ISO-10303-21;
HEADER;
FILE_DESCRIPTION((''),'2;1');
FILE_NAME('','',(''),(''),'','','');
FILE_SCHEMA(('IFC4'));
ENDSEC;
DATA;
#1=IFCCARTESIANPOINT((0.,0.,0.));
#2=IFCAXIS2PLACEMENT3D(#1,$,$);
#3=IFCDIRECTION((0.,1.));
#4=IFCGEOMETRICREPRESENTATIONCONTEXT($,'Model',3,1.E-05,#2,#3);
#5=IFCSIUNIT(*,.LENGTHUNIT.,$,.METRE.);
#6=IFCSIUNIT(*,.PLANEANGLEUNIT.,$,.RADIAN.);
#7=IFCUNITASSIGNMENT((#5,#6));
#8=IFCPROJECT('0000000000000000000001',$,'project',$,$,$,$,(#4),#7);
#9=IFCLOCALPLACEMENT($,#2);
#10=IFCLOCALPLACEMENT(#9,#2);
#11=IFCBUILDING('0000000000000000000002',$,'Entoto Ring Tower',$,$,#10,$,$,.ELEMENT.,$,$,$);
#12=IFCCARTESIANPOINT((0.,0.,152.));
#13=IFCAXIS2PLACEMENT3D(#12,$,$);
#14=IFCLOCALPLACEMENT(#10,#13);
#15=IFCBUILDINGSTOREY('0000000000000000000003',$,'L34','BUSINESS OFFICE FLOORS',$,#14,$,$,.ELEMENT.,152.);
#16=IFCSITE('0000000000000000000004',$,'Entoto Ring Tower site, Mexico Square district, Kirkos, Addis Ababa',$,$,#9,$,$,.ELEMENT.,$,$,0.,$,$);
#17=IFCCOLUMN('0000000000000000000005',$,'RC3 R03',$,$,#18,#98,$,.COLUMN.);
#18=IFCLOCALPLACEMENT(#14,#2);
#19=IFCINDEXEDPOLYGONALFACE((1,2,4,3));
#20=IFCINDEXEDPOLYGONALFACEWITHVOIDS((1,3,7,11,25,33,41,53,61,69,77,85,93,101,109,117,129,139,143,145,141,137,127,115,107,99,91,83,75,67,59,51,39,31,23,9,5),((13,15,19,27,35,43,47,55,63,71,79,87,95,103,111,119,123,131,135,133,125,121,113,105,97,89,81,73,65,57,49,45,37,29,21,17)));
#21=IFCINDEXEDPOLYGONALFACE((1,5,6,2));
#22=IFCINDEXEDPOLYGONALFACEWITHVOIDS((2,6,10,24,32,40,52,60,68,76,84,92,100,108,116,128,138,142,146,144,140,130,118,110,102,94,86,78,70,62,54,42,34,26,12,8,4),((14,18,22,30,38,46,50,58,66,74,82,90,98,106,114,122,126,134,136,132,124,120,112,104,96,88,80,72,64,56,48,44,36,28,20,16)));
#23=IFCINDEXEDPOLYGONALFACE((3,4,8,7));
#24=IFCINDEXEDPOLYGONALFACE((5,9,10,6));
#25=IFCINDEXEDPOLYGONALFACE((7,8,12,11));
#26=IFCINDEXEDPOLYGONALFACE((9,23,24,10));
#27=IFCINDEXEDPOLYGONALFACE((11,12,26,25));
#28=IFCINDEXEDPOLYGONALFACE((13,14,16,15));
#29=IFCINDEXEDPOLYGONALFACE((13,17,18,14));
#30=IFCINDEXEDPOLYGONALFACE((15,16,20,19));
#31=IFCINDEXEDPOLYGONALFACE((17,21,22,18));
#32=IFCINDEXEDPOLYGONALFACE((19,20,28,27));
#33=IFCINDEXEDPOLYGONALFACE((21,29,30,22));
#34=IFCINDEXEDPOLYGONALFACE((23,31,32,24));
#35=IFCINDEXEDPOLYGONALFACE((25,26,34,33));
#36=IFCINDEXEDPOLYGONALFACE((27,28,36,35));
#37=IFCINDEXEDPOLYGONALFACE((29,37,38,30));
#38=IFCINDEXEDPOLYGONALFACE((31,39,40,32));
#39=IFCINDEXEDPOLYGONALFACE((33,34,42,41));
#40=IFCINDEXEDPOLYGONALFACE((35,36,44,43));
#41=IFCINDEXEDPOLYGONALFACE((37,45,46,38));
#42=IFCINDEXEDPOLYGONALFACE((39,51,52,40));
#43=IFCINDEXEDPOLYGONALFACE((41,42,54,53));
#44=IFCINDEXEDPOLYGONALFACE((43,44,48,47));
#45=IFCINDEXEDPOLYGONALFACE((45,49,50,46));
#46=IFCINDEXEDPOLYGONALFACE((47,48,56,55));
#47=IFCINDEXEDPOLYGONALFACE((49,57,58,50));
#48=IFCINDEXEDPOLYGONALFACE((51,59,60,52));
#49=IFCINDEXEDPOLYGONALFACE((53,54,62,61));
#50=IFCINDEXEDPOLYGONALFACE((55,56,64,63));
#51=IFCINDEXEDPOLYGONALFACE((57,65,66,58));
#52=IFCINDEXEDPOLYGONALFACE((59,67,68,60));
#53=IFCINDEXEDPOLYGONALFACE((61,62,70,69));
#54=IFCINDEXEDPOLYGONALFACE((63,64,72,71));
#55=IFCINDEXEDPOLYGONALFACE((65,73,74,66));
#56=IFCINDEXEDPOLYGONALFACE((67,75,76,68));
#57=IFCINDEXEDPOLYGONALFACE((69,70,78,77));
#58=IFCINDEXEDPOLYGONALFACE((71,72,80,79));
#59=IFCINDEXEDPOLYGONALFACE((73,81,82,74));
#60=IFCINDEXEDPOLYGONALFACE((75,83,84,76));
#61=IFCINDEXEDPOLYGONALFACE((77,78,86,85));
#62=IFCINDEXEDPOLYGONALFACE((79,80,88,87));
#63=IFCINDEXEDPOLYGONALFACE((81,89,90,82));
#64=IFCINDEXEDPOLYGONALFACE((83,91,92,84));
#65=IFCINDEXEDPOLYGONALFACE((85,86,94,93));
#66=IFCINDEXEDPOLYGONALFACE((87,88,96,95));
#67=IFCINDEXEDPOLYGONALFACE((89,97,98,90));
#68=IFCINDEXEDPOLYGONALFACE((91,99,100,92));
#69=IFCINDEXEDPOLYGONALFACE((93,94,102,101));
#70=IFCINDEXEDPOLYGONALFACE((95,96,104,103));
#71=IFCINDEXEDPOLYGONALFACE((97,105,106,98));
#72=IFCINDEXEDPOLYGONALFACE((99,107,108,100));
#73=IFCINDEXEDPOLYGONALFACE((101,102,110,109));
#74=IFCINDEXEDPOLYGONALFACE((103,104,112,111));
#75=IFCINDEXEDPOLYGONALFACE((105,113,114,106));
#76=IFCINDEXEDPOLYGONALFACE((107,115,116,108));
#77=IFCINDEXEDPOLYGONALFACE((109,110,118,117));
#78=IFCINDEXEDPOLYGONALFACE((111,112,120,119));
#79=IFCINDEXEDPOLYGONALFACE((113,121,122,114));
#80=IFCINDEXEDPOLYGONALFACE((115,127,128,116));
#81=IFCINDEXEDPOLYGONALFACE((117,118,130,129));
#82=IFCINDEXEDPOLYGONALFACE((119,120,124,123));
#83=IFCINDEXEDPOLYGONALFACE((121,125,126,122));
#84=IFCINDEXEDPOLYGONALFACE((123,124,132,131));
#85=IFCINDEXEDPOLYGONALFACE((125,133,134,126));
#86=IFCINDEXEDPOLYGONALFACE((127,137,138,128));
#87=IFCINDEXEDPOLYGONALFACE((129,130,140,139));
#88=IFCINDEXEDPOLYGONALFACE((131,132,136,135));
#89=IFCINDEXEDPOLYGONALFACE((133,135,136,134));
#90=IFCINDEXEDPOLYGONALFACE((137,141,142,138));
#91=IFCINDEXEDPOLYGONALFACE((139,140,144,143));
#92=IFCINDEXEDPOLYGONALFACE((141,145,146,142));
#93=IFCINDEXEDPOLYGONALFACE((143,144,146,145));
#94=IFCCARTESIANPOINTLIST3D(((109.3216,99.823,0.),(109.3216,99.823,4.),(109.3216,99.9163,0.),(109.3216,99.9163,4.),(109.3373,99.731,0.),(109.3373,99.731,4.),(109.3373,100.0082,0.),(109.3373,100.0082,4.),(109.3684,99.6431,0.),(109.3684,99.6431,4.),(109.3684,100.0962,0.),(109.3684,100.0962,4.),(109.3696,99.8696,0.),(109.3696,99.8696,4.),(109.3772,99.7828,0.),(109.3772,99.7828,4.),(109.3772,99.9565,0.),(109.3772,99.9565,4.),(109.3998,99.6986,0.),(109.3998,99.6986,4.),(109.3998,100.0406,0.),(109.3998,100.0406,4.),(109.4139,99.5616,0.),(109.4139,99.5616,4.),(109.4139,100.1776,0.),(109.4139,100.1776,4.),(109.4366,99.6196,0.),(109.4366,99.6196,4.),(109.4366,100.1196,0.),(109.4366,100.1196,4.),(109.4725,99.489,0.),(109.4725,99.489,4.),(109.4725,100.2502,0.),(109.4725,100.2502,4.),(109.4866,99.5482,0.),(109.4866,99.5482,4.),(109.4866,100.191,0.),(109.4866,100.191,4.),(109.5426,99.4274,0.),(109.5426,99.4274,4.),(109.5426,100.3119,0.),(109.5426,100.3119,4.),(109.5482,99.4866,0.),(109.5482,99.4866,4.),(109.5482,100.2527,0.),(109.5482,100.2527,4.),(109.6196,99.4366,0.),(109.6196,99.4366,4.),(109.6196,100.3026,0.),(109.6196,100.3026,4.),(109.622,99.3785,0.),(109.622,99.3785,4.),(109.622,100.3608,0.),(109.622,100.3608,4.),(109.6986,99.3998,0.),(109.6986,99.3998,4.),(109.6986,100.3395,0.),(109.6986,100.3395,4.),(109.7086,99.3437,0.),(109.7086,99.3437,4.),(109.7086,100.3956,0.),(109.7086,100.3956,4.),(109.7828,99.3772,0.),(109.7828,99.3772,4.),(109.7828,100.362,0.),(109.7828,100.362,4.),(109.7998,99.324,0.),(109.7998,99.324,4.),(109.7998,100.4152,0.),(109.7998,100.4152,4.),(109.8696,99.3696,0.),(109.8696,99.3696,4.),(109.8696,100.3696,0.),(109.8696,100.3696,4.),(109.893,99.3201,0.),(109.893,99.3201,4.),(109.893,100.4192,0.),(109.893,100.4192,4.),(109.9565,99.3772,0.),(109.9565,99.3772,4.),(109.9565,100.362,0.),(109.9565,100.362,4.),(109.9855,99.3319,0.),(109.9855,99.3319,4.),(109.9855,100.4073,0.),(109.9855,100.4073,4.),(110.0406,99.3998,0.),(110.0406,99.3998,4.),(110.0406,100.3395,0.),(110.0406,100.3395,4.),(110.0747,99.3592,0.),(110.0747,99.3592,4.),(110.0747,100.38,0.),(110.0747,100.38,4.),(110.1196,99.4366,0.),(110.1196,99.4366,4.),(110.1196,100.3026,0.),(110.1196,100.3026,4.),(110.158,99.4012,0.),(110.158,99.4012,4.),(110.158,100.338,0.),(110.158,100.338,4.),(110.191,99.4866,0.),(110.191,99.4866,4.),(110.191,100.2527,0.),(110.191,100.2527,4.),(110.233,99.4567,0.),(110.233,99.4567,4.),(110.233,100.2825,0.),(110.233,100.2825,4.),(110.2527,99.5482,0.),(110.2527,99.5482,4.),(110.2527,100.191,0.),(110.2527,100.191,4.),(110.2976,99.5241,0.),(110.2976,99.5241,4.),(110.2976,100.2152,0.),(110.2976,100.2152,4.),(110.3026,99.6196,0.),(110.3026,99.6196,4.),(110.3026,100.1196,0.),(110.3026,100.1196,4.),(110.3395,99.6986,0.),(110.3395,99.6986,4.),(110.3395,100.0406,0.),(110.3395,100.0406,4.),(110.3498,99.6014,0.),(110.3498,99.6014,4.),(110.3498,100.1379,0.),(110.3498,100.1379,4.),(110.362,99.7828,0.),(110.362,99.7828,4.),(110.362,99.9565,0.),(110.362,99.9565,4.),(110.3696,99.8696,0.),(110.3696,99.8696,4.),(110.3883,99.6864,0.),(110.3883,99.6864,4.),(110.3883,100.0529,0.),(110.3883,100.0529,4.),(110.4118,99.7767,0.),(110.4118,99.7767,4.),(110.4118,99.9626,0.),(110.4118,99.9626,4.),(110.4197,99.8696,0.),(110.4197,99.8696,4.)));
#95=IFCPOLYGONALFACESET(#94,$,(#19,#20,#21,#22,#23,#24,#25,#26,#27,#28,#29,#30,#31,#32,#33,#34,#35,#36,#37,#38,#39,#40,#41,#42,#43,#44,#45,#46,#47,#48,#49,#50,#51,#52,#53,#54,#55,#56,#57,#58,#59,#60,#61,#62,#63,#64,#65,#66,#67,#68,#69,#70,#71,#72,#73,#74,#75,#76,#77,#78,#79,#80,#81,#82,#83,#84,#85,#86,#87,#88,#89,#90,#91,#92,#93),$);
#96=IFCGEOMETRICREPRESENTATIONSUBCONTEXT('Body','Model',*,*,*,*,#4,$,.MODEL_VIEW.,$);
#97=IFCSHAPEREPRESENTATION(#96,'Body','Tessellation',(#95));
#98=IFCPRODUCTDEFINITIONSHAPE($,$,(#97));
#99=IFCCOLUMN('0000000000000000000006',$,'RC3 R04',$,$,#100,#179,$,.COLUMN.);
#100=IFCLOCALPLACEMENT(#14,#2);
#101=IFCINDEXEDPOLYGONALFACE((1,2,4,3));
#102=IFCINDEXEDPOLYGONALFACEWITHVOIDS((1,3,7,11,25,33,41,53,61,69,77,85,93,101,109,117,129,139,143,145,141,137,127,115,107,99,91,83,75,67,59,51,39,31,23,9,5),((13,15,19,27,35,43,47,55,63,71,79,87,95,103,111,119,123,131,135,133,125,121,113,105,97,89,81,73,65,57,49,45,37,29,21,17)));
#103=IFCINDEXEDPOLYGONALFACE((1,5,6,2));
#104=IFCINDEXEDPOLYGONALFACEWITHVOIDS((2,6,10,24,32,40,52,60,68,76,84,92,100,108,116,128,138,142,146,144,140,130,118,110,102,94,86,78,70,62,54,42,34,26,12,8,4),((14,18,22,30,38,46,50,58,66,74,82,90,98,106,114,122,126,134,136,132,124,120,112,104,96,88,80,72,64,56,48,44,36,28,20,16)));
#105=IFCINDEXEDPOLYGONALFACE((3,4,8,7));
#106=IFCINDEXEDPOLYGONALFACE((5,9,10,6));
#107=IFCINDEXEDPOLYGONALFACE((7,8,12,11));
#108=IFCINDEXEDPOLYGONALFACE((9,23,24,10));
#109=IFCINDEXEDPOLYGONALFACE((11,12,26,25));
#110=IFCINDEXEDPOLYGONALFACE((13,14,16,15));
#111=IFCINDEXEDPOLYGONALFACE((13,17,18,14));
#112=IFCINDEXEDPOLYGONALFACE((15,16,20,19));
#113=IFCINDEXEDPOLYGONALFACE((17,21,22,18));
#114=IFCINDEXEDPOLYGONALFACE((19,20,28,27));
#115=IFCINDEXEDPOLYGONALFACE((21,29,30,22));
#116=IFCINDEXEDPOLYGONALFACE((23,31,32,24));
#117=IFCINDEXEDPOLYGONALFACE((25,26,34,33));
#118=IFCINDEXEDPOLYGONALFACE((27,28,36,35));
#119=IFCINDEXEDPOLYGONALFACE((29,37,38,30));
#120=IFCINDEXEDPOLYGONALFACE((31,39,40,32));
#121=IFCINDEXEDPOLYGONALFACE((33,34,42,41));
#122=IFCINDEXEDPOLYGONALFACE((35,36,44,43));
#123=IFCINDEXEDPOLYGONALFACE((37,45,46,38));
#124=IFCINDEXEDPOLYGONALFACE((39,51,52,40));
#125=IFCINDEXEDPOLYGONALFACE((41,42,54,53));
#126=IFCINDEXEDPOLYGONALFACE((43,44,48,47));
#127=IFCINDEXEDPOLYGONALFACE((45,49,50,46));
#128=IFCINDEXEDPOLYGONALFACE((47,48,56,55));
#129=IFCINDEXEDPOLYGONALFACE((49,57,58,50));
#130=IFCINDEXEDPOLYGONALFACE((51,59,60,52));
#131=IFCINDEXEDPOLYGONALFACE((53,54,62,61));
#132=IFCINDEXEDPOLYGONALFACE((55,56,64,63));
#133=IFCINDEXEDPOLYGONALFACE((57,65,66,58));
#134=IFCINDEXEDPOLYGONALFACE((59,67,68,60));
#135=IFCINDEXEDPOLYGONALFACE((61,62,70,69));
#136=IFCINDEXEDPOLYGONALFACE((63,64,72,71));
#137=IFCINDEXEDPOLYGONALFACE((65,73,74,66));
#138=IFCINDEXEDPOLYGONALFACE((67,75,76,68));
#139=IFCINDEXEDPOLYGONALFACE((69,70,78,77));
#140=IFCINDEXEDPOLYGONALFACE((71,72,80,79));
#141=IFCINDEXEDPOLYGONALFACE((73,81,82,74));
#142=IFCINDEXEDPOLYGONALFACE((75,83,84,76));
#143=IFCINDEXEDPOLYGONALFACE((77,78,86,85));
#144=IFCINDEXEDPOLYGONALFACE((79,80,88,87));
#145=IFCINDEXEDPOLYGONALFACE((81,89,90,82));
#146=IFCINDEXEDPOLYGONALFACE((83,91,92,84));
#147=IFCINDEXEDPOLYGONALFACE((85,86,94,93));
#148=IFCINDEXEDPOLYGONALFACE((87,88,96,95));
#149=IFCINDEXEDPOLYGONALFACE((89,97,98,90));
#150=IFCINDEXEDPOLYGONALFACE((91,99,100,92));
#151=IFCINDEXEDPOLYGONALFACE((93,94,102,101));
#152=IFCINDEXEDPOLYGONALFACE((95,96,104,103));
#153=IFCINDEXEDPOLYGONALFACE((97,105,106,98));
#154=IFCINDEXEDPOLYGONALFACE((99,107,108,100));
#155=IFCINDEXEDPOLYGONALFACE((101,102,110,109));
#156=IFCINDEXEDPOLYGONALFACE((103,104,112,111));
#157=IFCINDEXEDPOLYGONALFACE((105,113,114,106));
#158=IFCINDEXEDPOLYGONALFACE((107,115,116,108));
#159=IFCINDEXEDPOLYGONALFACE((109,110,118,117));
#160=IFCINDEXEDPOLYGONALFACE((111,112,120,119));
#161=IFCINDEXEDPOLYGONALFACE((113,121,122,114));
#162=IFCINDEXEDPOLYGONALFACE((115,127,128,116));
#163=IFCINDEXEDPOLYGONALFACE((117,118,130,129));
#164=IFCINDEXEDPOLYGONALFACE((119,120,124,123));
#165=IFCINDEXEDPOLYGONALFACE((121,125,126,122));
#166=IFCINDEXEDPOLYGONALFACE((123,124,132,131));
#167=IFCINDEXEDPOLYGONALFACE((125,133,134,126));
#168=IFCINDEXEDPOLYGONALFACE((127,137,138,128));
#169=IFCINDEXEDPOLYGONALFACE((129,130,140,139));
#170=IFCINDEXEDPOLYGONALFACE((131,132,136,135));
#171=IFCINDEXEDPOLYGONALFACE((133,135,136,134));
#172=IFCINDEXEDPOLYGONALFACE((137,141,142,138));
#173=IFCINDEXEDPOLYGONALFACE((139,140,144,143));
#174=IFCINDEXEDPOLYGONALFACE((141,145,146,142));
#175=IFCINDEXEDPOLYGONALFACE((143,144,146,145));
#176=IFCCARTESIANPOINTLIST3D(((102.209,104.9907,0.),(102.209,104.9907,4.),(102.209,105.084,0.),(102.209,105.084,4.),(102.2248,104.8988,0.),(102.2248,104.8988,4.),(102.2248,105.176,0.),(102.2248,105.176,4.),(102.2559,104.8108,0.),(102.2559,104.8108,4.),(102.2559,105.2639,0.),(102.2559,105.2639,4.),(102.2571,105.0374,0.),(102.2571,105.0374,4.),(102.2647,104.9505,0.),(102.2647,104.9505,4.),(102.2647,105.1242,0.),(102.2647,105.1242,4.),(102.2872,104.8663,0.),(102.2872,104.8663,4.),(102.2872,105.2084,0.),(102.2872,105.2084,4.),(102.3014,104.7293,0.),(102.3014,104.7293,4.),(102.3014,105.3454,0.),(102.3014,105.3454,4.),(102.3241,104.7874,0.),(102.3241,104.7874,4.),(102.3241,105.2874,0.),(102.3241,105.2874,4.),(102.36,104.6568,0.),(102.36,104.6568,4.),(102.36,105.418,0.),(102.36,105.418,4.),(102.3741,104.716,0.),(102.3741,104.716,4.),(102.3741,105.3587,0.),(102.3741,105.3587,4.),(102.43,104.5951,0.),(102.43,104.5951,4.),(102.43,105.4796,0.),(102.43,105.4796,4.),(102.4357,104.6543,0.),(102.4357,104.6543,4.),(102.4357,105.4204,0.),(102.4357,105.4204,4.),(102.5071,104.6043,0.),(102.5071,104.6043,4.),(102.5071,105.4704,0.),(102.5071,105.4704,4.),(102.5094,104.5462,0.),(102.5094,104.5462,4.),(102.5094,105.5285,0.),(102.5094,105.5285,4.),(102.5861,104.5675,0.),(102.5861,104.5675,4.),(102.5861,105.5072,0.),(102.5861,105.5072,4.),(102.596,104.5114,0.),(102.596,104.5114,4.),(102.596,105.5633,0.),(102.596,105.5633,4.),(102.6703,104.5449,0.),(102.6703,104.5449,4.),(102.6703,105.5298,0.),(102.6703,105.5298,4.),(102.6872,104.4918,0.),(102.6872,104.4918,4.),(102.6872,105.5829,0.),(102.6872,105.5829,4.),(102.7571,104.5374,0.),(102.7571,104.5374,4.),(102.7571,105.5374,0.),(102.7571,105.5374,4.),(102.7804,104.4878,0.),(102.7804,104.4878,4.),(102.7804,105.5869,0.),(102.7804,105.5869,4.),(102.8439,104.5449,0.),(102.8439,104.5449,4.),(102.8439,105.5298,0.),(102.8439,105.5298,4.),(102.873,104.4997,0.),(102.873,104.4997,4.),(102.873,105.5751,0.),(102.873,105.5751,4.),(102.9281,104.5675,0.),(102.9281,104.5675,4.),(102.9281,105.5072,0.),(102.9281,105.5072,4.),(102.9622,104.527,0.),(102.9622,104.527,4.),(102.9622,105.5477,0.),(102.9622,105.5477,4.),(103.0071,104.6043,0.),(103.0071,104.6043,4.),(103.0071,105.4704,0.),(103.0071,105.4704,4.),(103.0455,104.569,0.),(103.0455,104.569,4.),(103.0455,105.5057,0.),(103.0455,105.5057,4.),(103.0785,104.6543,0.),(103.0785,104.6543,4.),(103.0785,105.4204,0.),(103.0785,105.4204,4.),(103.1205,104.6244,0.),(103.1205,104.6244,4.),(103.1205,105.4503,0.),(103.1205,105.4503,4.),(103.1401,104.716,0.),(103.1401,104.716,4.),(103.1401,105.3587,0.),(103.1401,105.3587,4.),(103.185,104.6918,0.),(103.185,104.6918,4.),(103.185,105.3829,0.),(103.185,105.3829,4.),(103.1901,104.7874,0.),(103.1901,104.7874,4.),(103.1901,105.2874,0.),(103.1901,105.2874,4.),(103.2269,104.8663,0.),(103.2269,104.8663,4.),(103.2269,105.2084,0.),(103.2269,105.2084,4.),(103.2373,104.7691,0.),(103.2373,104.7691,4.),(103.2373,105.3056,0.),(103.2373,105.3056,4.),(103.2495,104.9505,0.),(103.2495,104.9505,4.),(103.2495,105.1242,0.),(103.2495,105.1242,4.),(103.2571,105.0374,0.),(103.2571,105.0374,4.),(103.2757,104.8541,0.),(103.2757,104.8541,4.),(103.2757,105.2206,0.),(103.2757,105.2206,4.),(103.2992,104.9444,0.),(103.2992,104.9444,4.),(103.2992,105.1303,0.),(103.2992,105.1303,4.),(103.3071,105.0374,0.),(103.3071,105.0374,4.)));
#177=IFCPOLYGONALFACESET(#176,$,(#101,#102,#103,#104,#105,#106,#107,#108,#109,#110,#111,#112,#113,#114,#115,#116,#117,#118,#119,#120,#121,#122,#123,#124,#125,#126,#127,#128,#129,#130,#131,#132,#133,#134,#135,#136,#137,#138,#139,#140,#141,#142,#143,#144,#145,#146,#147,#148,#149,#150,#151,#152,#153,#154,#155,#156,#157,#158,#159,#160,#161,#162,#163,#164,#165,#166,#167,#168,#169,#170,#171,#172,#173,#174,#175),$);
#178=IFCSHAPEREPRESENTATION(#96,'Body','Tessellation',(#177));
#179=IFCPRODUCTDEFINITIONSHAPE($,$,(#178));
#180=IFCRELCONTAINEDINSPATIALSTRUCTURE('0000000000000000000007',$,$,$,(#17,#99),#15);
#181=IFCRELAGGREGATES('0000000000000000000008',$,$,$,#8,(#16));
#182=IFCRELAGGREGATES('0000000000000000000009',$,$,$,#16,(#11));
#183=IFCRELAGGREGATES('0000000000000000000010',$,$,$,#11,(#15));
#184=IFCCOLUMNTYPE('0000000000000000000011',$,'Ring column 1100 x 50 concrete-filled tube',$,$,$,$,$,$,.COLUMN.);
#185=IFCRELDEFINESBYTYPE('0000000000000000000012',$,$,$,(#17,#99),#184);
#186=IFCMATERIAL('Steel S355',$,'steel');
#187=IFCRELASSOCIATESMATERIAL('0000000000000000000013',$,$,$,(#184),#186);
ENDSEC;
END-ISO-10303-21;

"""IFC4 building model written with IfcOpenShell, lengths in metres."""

from ifc_helpers import new_model, si_unit, direction, frame, origin, origin_2d, place, context, subcontext, project, spatial, circle, hollow_circle, extrude, material, material_profile, profile_set, type_object, element, save


model = new_model("IFC4")

# Units and contexts
model_context = context("Model", 3, precision=1e-05, world=origin(), true_north=direction((0.0, 1.0)))
body_context = subcontext(model_context, "Body", "Model", "MODEL_VIEW")
ifc_project = project(units=[si_unit("LENGTHUNIT", "METRE"), si_unit("PLANEANGLEUNIT", "RADIAN")], contexts=[model_context])

# Site, building, storey
site_placement = place(None, origin())
site = spatial("IfcSite", under=ifc_project, at=site_placement, Name="Entoto Ring Tower site, Mexico Square district, Kirkos, Addis Ababa", CompositionType="ELEMENT", RefElevation=0.0)
building_placement = place(site_placement, origin())
building = spatial("IfcBuilding", under=site, at=building_placement, Name="Entoto Ring Tower", CompositionType="ELEMENT")
storey_placement = place(building_placement, frame((0.0, 0.0, 152.0)))
storey = spatial("IfcBuildingStorey", under=building, at=storey_placement, Name="L34", Description="BUSINESS OFFICE FLOORS", CompositionType="ELEMENT", Elevation=152.0)

# Columns
ifc_material_1 = material(Name="Steel S355", Category="steel")
ifc_material_profile_1 = material_profile(ifc_material_1, hollow_circle(Radius=0.55, WallThickness=0.05, at=origin_2d()), Name="CHS 1100 x 50")
ifc_material_2 = material(Name="Concrete C60/75", Category="concrete")
ifc_material_profile_2 = material_profile(ifc_material_2, circle(Radius=0.5, at=origin_2d()), Name="Concrete C60/75 infill")
ifc_profile_set_1 = profile_set([ifc_material_profile_1, ifc_material_profile_2], Name="Steel S355")
column_type = type_object("IfcColumnType", Name="Ring column 1100 x 50 concrete-filled tube", PredefinedType="COLUMN", material=ifc_profile_set_1)
for number, where, z_axis, x_axis, name in (
    (1, (109.8696, 99.8696, 0.0), (0.0, 0.0, 1.0), (1.0, 0.0, 0.0), "RC3 R03"),
    (2, (102.7571, 105.0374, 0.0), (0.0, 0.0, 1.0), (1.0, 0.0, 0.0), "RC3 R04"),
):
    element("IfcColumn", number, at=place(storey_placement, frame(where, z_axis=z_axis, x_axis=x_axis)), inside=storey, type_object=column_type, Name=name, PredefinedType="COLUMN", context=body_context, shape_type="SweptSolid", body=[
        extrude(hollow_circle(Radius=0.55, WallThickness=0.05, at=origin_2d()), origin(), (0.0, 0.0, 1.0), 4.0),
    ])

save(model, "model.ifc")
